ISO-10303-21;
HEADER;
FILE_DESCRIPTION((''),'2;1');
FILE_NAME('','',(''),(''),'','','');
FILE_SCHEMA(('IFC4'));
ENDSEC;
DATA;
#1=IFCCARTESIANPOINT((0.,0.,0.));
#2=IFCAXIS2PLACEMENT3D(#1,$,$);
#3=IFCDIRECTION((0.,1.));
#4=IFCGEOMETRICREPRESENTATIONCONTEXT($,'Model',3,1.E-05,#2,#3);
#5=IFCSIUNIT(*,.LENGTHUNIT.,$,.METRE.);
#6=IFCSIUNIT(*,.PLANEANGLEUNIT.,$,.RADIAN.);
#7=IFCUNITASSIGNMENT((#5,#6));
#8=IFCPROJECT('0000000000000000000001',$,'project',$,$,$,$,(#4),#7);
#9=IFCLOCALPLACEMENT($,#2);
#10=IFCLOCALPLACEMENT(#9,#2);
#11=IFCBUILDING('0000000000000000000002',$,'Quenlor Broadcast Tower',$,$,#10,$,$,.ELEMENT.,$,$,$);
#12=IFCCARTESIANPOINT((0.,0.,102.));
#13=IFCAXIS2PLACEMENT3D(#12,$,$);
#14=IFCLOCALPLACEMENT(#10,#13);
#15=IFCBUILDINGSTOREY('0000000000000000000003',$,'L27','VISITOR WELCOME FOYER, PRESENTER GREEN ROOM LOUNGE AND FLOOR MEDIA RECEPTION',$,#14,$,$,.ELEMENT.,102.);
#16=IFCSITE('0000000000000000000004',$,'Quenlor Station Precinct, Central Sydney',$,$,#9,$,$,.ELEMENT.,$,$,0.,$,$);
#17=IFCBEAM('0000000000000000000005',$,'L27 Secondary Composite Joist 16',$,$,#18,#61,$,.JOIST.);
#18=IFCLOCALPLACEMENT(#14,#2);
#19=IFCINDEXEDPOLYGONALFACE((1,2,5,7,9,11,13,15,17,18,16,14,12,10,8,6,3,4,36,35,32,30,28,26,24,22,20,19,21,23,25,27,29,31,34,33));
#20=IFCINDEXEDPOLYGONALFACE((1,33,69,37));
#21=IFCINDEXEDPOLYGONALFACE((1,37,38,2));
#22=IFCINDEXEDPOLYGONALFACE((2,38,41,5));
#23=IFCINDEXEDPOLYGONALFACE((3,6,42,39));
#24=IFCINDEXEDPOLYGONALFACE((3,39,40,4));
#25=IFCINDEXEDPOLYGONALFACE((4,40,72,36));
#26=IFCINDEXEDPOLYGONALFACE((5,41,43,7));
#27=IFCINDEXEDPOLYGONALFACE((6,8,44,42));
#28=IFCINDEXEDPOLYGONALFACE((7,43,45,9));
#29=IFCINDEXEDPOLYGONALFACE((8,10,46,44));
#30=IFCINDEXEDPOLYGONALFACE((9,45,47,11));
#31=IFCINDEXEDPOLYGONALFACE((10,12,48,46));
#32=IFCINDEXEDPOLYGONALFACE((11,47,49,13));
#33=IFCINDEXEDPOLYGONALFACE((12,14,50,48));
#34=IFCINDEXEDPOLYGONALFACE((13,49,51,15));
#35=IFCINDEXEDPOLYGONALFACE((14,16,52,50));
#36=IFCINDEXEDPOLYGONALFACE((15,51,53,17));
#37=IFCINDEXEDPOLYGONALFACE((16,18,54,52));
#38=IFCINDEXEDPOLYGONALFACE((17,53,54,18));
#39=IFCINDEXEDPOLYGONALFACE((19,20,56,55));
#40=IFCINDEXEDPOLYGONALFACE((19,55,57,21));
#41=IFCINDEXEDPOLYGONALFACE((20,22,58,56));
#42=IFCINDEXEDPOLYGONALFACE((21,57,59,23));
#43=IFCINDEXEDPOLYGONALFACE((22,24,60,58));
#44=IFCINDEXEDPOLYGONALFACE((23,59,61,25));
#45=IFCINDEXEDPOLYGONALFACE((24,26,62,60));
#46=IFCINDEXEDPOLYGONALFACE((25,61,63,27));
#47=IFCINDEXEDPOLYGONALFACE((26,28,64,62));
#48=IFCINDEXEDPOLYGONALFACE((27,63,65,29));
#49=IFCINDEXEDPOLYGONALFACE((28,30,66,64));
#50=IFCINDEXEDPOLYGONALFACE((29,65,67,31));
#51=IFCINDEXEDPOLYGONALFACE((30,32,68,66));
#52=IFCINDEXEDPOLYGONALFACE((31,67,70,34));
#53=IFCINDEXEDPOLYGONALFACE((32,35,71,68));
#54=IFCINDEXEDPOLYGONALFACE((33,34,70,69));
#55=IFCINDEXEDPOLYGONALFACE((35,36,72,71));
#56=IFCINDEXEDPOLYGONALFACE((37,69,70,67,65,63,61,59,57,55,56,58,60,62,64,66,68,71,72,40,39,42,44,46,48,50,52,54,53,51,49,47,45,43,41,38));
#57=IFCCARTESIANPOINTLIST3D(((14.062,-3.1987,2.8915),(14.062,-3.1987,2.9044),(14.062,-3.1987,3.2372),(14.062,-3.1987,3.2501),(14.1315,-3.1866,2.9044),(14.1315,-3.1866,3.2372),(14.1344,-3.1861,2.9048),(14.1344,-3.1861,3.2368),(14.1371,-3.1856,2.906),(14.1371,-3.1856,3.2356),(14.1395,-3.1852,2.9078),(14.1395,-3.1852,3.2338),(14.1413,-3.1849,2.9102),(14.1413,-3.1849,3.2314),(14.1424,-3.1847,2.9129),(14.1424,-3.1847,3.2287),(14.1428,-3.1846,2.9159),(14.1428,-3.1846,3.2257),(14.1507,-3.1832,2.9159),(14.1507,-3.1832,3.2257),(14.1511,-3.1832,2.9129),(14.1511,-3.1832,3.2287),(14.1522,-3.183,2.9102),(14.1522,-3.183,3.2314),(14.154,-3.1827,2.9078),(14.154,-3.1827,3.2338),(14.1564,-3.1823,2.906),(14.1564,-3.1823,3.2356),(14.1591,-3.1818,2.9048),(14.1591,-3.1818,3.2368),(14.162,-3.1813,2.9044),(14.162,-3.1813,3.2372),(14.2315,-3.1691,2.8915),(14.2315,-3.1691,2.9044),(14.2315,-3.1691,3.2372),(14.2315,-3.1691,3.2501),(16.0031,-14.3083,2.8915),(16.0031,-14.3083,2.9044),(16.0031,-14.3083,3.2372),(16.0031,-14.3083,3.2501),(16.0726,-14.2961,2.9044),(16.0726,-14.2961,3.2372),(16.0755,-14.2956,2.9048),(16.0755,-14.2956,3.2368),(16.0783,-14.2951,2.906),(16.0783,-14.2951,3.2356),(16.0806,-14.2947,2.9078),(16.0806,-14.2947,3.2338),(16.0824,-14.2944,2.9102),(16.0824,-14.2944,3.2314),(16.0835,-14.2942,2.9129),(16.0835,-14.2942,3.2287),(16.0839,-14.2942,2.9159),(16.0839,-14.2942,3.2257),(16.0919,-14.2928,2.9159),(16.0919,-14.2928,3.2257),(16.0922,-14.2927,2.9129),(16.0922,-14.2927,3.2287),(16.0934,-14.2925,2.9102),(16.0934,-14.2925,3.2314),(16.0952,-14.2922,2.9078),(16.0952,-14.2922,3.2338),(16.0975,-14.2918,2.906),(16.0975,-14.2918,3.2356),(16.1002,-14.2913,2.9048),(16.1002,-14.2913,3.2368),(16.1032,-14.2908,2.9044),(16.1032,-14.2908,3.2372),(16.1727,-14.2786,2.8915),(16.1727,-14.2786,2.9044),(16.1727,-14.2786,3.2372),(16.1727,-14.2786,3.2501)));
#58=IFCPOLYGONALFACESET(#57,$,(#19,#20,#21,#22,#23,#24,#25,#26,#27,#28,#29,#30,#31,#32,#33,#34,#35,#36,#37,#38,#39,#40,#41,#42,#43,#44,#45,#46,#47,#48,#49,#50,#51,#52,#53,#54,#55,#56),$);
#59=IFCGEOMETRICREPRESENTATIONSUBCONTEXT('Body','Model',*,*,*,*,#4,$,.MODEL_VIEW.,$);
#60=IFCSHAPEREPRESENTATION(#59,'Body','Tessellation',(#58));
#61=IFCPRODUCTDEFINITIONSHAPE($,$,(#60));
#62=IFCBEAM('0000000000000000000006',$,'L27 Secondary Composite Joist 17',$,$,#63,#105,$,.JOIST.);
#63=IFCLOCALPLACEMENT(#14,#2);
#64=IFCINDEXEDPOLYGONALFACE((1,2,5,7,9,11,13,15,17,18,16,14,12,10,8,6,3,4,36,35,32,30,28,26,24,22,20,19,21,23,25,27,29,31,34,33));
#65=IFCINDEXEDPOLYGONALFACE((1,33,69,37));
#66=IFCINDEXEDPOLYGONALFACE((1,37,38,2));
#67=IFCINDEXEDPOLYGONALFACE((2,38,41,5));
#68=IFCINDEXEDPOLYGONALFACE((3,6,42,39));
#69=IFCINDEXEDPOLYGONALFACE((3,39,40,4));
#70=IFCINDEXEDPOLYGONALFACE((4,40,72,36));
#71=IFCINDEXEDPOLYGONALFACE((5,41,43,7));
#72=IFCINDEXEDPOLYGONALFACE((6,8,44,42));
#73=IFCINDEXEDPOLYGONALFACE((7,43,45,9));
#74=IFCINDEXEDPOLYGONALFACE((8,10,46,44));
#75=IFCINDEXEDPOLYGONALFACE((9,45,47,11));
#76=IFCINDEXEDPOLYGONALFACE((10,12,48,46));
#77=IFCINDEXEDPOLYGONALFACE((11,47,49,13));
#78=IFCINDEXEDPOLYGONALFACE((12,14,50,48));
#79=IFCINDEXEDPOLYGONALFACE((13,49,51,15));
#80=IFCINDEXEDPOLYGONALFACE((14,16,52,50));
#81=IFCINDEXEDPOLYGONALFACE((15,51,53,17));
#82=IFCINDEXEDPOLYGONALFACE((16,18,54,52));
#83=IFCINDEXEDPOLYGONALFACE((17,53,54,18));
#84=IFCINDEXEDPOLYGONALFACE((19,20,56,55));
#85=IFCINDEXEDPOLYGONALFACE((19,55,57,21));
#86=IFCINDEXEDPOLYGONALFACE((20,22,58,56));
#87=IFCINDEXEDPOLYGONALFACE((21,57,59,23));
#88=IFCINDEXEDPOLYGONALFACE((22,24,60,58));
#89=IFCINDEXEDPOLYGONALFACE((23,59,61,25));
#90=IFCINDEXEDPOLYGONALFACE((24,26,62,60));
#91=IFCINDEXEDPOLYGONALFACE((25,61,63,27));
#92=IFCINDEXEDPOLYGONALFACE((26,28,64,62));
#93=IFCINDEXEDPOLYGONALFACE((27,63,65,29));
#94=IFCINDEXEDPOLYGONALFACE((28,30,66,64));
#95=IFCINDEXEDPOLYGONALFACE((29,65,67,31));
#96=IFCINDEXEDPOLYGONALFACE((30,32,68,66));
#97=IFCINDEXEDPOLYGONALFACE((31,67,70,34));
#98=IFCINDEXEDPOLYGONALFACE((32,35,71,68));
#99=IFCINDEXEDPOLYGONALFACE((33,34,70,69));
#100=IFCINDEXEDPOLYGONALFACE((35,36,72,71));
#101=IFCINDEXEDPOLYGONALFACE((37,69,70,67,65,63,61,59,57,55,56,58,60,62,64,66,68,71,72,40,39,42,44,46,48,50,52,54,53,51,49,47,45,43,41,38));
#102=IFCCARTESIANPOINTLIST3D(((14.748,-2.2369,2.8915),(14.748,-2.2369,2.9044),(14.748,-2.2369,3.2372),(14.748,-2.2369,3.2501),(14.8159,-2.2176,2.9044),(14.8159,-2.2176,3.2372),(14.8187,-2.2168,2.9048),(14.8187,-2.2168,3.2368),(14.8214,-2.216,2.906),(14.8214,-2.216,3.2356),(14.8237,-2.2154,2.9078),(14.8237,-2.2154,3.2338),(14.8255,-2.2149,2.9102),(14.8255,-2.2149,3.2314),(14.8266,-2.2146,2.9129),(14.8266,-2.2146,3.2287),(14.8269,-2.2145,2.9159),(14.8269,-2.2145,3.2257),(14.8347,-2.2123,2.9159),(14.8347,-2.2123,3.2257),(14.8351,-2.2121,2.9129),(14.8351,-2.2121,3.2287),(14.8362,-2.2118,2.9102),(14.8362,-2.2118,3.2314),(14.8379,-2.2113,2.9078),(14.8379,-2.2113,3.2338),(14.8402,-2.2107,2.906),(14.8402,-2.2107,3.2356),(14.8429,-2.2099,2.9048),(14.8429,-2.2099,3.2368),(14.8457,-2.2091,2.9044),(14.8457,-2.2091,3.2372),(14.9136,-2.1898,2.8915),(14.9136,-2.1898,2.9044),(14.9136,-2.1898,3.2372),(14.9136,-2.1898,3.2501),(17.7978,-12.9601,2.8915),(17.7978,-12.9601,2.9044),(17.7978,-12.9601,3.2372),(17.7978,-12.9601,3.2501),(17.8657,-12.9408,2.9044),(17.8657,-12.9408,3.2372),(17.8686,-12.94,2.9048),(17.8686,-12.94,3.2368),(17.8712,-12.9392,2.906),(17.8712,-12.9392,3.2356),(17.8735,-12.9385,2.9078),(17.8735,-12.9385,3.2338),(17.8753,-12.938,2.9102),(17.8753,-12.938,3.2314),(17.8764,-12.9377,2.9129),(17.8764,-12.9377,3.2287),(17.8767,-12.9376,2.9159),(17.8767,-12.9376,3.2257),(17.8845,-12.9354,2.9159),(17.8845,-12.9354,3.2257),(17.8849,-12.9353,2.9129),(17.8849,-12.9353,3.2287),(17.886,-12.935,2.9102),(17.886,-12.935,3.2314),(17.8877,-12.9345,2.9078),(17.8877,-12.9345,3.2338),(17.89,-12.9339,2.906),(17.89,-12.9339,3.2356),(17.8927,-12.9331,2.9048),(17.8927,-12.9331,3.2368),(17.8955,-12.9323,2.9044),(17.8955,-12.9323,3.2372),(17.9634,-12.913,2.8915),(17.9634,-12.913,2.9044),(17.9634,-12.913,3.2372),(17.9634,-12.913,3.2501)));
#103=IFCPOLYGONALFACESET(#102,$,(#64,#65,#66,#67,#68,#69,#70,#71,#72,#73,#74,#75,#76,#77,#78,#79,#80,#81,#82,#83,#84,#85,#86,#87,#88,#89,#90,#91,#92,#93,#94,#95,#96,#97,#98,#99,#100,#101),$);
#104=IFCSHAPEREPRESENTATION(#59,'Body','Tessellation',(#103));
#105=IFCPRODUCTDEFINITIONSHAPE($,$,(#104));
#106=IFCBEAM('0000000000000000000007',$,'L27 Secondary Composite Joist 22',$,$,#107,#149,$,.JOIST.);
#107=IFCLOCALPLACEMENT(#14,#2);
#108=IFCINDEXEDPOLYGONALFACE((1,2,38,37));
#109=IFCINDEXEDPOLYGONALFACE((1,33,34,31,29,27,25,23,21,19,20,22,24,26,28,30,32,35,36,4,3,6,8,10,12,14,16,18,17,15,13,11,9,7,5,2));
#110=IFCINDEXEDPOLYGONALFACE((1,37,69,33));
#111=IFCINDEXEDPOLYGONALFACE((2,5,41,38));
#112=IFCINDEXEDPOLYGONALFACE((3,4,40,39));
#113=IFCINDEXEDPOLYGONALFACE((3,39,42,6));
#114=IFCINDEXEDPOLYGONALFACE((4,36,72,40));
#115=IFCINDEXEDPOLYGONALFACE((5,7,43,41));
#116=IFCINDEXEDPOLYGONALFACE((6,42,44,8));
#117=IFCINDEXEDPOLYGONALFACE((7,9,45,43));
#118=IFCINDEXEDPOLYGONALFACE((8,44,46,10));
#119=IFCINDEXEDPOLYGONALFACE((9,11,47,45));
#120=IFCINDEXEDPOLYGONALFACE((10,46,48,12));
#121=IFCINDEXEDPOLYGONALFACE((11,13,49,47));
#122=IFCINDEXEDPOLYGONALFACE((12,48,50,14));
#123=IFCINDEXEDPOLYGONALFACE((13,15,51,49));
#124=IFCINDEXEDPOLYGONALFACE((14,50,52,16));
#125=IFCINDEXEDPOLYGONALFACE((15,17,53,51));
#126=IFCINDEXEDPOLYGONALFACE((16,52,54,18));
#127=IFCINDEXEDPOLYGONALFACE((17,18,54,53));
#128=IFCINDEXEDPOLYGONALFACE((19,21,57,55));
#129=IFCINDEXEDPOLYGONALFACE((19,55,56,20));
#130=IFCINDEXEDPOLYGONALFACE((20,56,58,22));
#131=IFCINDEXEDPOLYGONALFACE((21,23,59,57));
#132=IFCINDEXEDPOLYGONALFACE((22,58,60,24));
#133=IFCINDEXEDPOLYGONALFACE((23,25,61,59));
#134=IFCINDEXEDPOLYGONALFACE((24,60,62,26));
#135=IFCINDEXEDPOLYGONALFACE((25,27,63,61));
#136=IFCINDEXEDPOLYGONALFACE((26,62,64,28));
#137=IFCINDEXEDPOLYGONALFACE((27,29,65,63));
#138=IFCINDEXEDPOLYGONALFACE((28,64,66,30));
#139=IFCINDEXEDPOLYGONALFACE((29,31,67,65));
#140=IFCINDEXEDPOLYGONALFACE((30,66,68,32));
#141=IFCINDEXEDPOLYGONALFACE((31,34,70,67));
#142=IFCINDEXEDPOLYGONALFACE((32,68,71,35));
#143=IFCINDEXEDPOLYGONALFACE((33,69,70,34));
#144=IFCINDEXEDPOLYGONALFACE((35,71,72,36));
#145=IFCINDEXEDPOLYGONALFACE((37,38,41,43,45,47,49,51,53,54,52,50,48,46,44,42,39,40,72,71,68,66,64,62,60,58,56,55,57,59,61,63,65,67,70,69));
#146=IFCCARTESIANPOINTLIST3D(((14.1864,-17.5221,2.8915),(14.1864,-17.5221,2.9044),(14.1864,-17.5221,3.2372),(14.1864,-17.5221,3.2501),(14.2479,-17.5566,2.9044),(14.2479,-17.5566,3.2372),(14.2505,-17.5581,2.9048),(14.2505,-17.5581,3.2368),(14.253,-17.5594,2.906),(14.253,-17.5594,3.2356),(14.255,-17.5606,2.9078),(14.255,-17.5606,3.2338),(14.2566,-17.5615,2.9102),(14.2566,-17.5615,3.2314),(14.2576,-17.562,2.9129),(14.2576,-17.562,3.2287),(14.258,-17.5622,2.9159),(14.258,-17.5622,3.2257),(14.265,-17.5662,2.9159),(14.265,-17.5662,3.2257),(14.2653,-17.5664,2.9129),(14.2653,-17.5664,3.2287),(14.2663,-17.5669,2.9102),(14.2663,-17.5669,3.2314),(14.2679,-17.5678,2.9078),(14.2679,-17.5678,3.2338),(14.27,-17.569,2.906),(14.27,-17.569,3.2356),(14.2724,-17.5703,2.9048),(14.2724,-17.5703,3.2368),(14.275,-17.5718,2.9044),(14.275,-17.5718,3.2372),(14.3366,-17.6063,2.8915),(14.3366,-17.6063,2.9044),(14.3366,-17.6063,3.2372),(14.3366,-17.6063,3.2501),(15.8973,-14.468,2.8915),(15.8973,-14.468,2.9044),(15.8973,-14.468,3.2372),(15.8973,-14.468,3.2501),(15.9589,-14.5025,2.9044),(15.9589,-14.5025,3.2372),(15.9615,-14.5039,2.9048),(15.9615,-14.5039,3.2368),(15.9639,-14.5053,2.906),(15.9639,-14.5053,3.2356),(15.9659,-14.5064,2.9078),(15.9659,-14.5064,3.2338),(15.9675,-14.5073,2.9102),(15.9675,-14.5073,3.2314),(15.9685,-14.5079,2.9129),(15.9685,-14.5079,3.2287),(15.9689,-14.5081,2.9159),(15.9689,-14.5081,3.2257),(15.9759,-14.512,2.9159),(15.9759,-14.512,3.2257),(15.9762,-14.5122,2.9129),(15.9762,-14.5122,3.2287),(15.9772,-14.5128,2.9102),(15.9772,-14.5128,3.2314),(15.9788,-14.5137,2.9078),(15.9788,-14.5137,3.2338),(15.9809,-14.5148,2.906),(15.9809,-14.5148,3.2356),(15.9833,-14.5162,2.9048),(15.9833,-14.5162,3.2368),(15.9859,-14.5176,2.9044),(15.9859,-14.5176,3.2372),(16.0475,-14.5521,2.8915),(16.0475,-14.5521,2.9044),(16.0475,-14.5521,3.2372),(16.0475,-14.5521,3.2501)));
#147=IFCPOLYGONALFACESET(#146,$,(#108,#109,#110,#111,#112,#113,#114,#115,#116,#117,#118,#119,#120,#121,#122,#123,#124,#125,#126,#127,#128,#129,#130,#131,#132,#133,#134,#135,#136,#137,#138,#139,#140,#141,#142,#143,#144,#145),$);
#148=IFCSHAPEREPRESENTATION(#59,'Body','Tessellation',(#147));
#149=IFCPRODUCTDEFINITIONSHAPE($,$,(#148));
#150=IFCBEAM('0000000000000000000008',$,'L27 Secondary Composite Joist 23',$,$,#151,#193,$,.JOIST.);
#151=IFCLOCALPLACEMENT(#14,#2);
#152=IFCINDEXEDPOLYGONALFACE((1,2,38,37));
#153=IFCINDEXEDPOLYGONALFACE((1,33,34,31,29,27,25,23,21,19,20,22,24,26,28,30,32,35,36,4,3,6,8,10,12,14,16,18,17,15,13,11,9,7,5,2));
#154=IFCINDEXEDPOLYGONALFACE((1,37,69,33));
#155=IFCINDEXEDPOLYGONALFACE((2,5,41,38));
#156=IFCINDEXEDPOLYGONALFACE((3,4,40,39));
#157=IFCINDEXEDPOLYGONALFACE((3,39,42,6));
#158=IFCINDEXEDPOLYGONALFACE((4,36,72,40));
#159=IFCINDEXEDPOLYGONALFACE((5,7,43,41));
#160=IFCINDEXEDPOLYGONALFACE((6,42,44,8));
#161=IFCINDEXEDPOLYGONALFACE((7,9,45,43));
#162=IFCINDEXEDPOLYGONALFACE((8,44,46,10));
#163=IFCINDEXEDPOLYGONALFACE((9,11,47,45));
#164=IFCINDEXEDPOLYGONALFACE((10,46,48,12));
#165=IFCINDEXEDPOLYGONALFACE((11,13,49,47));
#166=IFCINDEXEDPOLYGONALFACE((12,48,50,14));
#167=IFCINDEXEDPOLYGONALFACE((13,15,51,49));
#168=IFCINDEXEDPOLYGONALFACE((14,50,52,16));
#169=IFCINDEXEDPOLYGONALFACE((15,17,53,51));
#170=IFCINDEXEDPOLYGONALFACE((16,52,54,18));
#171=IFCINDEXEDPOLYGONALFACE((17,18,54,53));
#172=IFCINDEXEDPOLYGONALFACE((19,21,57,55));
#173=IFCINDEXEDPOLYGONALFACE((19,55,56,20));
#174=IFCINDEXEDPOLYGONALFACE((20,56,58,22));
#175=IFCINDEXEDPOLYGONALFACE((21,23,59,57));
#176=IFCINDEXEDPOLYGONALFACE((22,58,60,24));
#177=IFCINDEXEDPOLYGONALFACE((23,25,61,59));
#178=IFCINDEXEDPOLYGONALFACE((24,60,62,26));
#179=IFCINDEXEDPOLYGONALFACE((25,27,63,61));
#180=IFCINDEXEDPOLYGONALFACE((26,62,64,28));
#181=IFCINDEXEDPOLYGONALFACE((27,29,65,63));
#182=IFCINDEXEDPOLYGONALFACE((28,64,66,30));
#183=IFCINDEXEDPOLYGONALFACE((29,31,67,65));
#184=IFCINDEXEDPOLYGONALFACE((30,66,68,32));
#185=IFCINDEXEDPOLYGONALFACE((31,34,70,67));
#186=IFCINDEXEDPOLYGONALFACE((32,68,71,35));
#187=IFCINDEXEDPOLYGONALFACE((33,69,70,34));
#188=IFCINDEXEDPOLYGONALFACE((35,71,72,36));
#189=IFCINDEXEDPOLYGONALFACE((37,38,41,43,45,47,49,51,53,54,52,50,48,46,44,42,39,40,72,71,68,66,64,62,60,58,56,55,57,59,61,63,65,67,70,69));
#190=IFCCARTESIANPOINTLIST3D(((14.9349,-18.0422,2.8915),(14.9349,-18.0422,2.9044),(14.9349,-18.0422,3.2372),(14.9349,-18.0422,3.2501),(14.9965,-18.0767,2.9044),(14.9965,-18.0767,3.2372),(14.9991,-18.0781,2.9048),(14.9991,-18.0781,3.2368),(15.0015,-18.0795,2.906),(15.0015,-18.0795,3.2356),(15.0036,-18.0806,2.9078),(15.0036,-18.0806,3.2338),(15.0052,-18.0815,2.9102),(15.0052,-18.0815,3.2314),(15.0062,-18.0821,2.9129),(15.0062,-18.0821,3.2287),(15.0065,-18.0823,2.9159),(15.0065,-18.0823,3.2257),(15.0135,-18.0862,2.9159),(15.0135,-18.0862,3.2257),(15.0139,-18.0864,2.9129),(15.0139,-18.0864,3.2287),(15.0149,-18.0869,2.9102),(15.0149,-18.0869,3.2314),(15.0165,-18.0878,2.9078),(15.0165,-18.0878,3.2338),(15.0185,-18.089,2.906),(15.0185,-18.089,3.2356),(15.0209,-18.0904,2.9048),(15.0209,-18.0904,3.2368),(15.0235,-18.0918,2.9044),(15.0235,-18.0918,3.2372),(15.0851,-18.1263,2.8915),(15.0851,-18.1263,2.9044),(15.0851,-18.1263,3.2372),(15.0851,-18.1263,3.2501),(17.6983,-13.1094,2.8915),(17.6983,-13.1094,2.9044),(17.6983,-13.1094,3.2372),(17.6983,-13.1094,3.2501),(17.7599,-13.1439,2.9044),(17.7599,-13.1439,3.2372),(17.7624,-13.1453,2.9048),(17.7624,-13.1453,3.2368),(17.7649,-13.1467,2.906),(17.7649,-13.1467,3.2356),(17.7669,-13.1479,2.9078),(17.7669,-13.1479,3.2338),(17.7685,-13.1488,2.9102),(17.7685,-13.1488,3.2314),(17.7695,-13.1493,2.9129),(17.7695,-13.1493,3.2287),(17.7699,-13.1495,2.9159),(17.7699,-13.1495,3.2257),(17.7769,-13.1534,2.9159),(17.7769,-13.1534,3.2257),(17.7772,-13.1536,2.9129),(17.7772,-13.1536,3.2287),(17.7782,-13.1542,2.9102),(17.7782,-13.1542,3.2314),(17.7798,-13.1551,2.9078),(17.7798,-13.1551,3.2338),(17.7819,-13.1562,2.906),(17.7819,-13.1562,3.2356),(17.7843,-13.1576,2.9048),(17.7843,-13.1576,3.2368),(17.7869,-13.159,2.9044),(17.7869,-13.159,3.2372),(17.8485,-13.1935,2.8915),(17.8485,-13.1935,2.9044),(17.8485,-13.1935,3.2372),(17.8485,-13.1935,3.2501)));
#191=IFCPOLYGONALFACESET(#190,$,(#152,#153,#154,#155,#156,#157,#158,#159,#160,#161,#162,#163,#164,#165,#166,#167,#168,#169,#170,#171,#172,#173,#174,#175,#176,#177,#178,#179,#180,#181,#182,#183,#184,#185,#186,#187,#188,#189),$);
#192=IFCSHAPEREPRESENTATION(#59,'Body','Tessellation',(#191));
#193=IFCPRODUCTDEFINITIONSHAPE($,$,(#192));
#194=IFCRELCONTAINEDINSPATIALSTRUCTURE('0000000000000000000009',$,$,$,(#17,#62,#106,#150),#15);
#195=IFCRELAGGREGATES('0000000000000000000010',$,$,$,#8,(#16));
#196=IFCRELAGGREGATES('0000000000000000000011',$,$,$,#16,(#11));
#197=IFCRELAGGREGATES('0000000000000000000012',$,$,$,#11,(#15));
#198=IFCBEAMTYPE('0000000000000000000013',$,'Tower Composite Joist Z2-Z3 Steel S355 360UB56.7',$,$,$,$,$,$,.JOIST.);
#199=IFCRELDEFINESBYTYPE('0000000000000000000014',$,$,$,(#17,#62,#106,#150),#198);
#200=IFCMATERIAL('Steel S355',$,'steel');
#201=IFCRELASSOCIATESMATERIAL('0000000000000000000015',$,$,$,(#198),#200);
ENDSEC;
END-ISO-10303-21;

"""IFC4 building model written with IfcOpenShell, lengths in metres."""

from ifc_helpers import new_model, si_unit, direction, frame, origin, origin_2d, place, context, subcontext, project, spatial, i_section, extrude, material, material_profile, profile_set, type_object, element, save


model = new_model("IFC4")

# Units and contexts
model_context = context("Model", 3, precision=1e-05, world=origin(), true_north=direction((0.0, 1.0)))
body_context = subcontext(model_context, "Body", "Model", "MODEL_VIEW")
ifc_project = project(units=[si_unit("LENGTHUNIT", "METRE"), si_unit("PLANEANGLEUNIT", "RADIAN")], contexts=[model_context])

# Site, building, storey
site_placement = place(None, origin())
site = spatial("IfcSite", under=ifc_project, at=site_placement, Name="Quenlor Station Precinct, Central Sydney", CompositionType="ELEMENT", RefElevation=0.0)
building_placement = place(site_placement, origin())
building = spatial("IfcBuilding", under=site, at=building_placement, Name="Quenlor Broadcast Tower", CompositionType="ELEMENT")
storey_placement = place(building_placement, frame((0.0, 0.0, 102.0)))
storey = spatial("IfcBuildingStorey", under=building, at=storey_placement, Name="L27", Description="VISITOR WELCOME FOYER, PRESENTER GREEN ROOM LOUNGE AND FLOOR MEDIA RECEPTION", CompositionType="ELEMENT", Elevation=102.0)

# Beams
ifc_material_1 = material(Name="Steel S355", Category="steel")
ifc_material_profile_1 = material_profile(ifc_material_1, i_section(OverallWidth=0.1721, OverallDepth=0.3586, WebThickness=0.0081, FlangeThickness=0.0129, FilletRadius=0.0115, at=origin_2d()))
ifc_profile_set_1 = profile_set([ifc_material_profile_1], Name="Steel S355 360UB56.7")
beam_type_1 = type_object("IfcBeamType", Name="Tower Composite Joist Z2-Z3 Steel S355 360UB56.7", PredefinedType="JOIST", material=ifc_profile_set_1)
beam_1_placement = place(storey_placement, frame((16.0879, -14.2935, 3.0708), z_axis=(-0.17212, 0.985076, 0.0), x_axis=(-0.985076, -0.17212, 0.0)))
element("IfcBeam", 1, at=beam_1_placement, inside=storey, type_object=beam_type_1, Name="L27 Secondary Composite Joist 16", PredefinedType="JOIST", context=body_context, shape_type="SweptSolid", body=[
    extrude(i_section(OverallWidth=0.1721, OverallDepth=0.3586, WebThickness=0.0081, FlangeThickness=0.0129, FilletRadius=0.0115, at=origin_2d()), origin(), (0.0, 0.0, 1.0), 11.2778),
])
beam_2_placement = place(storey_placement, frame((17.8806, -12.9365, 3.0708), z_axis=(-0.273564, 0.961854, 0.0), x_axis=(-0.961854, -0.273564, 0.0)))
element("IfcBeam", 2, at=beam_2_placement, inside=storey, type_object=beam_type_1, Name="L27 Secondary Composite Joist 17", PredefinedType="JOIST", context=body_context, shape_type="SweptSolid", body=[
    extrude(i_section(OverallWidth=0.1721, OverallDepth=0.3586, WebThickness=0.0081, FlangeThickness=0.0129, FilletRadius=0.0115, at=origin_2d()), origin(), (0.0, 0.0, 1.0), 11.1484),
])
beam_3_placement = place(storey_placement, frame((14.2615, -17.5642, 3.0708), z_axis=(0.488731, 0.872435, 0.0), x_axis=(-0.872435, 0.488731, 0.0)))
element("IfcBeam", 3, at=beam_3_placement, inside=storey, type_object=beam_type_1, Name="L27 Secondary Composite Joist 22", PredefinedType="JOIST", context=body_context, shape_type="SweptSolid", body=[
    extrude(i_section(OverallWidth=0.1721, OverallDepth=0.3586, WebThickness=0.0081, FlangeThickness=0.0129, FilletRadius=0.0115, at=origin_2d()), origin(), (0.0, 0.0, 1.0), 3.5007),
])
beam_4_placement = place(storey_placement, frame((15.01, -18.0842, 3.0708), z_axis=(0.488741, 0.872429, 0.0), x_axis=(-0.872429, 0.488741, 0.0)))
element("IfcBeam", 4, at=beam_4_placement, inside=storey, type_object=beam_type_1, Name="L27 Secondary Composite Joist 23", PredefinedType="JOIST", context=body_context, shape_type="SweptSolid", body=[
    extrude(i_section(OverallWidth=0.1721, OverallDepth=0.3586, WebThickness=0.0081, FlangeThickness=0.0129, FilletRadius=0.0115, at=origin_2d()), origin(), (0.0, 0.0, 1.0), 5.6541),
])

save(model, "model.ifc")
